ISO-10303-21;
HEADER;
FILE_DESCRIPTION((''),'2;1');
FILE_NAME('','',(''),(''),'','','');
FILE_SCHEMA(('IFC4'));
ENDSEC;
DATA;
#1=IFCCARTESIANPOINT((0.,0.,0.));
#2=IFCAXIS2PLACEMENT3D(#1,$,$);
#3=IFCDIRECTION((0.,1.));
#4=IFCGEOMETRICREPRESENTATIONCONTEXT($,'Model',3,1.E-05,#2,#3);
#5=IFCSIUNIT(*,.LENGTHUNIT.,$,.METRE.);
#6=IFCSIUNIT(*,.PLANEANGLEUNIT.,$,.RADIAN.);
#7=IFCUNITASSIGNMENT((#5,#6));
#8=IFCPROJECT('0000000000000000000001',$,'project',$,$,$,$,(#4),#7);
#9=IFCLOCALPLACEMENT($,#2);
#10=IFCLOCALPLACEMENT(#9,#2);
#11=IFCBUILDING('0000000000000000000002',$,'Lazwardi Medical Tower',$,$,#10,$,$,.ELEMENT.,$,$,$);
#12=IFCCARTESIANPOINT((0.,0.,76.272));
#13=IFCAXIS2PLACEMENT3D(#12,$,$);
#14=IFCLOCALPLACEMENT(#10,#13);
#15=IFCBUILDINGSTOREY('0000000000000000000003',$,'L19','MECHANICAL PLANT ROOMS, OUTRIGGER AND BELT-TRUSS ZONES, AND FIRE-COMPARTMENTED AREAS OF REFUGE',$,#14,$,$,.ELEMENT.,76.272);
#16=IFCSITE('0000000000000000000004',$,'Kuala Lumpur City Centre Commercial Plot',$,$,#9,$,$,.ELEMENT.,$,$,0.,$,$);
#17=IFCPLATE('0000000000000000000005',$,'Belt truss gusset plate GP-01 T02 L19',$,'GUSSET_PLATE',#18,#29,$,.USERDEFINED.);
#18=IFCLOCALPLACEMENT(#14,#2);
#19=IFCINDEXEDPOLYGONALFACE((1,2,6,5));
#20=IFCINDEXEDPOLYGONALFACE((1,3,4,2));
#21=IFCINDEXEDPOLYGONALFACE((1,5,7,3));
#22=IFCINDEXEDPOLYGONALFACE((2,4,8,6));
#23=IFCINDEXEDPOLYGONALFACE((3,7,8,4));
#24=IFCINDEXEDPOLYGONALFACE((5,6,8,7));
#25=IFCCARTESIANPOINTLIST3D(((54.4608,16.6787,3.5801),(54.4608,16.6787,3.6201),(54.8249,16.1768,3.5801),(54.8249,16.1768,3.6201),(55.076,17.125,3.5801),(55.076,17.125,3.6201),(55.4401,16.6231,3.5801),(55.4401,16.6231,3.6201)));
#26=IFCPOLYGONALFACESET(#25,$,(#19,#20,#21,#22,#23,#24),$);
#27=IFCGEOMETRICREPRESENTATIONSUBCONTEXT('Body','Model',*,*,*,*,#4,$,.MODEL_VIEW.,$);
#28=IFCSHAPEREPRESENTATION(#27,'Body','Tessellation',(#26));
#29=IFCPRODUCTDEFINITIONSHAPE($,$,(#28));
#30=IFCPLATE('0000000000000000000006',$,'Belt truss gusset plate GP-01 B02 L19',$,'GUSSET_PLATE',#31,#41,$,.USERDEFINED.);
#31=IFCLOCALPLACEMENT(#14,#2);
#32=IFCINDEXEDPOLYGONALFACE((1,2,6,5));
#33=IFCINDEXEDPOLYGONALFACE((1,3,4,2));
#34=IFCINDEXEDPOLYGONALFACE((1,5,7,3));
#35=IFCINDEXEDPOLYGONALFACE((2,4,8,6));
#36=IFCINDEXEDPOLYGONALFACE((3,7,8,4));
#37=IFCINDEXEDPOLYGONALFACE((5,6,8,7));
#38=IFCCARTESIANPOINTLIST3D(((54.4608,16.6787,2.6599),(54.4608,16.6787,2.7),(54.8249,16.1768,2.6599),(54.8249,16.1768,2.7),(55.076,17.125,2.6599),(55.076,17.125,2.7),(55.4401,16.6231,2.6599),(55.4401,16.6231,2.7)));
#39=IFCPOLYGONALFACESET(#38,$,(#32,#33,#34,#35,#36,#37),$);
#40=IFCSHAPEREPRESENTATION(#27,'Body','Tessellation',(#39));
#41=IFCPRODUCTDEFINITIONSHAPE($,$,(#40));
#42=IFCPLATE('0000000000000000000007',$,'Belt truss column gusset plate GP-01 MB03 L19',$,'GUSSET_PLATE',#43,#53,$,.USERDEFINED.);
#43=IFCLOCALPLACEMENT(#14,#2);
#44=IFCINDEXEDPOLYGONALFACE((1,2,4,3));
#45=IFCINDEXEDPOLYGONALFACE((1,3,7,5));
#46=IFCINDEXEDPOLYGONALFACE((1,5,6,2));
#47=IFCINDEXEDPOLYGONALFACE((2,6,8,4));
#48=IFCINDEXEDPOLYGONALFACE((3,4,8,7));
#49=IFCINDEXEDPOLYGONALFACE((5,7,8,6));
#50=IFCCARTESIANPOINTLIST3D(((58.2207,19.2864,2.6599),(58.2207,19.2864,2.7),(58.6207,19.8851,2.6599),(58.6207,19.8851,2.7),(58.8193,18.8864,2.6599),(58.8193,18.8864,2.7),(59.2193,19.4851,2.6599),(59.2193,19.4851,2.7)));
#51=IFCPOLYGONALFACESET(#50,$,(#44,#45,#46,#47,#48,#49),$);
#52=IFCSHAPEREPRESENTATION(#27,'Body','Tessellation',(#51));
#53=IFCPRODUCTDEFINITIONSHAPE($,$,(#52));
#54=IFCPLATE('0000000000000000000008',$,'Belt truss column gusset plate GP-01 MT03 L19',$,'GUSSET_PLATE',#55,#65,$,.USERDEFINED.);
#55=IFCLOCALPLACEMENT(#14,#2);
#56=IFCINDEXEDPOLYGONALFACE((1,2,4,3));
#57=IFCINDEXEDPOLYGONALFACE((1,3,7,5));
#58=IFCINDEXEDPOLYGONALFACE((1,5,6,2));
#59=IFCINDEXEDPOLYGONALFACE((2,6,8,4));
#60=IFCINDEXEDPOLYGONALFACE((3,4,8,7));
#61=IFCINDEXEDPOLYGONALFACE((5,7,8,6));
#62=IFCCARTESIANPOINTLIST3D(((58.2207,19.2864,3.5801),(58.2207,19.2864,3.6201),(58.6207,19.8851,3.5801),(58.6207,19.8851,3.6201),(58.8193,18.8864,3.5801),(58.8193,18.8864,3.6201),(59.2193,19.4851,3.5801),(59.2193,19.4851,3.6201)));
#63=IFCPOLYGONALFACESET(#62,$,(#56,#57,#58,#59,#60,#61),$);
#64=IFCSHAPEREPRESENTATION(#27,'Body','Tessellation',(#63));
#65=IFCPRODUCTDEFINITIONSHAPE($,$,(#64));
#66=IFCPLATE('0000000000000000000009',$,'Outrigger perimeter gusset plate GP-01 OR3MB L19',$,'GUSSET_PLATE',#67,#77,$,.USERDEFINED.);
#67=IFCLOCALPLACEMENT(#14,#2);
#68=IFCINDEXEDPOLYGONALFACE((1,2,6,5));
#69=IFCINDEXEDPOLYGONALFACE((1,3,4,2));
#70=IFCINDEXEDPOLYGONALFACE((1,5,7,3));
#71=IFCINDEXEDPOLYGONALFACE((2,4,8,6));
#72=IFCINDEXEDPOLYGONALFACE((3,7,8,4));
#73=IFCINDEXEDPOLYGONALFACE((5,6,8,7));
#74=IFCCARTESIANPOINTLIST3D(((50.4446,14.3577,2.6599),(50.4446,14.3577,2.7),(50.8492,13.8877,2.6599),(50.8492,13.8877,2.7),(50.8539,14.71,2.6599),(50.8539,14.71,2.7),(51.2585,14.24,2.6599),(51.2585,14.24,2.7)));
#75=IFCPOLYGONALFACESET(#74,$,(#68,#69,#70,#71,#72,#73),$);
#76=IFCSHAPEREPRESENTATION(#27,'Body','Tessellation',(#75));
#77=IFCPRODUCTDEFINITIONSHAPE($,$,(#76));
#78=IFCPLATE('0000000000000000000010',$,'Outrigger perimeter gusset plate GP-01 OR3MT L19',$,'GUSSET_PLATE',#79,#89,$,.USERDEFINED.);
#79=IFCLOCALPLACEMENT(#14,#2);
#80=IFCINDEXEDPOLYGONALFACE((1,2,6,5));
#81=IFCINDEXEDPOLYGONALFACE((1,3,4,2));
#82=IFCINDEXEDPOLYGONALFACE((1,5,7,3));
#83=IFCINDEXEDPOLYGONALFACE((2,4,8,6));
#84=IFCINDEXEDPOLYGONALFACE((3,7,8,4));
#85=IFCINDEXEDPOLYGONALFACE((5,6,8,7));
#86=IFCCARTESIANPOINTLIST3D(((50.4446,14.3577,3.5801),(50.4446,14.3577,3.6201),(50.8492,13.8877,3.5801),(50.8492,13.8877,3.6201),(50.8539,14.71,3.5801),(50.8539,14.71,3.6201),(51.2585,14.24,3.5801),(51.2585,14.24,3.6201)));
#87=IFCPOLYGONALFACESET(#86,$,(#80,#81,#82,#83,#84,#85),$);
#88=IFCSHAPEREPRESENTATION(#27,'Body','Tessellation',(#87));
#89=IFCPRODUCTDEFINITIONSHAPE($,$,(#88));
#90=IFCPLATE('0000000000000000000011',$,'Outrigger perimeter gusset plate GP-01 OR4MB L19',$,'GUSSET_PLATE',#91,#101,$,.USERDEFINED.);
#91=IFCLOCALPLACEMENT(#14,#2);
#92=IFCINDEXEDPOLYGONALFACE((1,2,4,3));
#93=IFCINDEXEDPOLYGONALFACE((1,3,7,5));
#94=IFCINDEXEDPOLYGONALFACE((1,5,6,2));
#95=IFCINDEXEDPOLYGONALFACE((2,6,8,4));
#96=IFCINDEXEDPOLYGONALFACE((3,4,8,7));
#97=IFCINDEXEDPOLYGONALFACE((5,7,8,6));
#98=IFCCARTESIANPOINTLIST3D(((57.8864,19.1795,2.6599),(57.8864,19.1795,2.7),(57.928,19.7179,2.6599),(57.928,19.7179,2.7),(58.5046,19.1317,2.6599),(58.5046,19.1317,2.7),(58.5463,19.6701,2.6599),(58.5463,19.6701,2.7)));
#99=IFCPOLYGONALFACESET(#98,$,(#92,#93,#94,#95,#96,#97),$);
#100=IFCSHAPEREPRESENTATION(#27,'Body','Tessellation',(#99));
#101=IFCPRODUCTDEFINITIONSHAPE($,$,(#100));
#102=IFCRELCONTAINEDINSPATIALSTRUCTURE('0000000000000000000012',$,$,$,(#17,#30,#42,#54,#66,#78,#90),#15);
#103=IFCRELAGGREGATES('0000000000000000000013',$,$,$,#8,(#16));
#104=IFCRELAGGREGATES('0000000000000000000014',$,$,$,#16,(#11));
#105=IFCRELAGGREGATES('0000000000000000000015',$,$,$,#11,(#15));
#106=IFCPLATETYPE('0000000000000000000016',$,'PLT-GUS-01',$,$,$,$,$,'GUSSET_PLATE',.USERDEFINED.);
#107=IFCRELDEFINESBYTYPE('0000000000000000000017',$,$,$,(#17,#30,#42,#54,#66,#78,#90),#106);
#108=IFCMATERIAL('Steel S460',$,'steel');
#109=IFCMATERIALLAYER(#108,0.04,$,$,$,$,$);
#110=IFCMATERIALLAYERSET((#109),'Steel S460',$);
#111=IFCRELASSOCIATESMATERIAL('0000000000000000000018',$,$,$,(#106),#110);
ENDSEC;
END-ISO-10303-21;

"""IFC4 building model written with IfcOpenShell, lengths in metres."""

from ifc_helpers import new_model, si_unit, direction, frame, origin, origin_2d, place, context, subcontext, project, spatial, rectangle, extrude, material, layer, layer_set, type_object, element, save


model = new_model("IFC4")

# Units and contexts
model_context = context("Model", 3, precision=1e-05, world=origin(), true_north=direction((0.0, 1.0)))
body_context = subcontext(model_context, "Body", "Model", "MODEL_VIEW")
ifc_project = project(units=[si_unit("LENGTHUNIT", "METRE"), si_unit("PLANEANGLEUNIT", "RADIAN")], contexts=[model_context])

# Site, building, storey
site_placement = place(None, origin())
site = spatial("IfcSite", under=ifc_project, at=site_placement, Name="Kuala Lumpur City Centre Commercial Plot", CompositionType="ELEMENT", RefElevation=0.0)
building_placement = place(site_placement, origin())
building = spatial("IfcBuilding", under=site, at=building_placement, Name="Lazwardi Medical Tower", CompositionType="ELEMENT")
storey_placement = place(building_placement, frame((0.0, 0.0, 76.272)))
storey = spatial("IfcBuildingStorey", under=building, at=storey_placement, Name="L19", Description="MECHANICAL PLANT ROOMS, OUTRIGGER AND BELT-TRUSS ZONES, AND FIRE-COMPARTMENTED AREAS OF REFUGE", CompositionType="ELEMENT", Elevation=76.272)

# Shared definitions
ifc_material_1 = material(Name="Steel S460", Category="steel")

# Plates
ifc_layer = layer(ifc_material_1, 0.04)
ifc_layer_set = layer_set([ifc_layer], Name="Steel S460")
plate_type = type_object("IfcPlateType", Name="PLT-GUS-01", ElementType="GUSSET_PLATE", PredefinedType="USERDEFINED", material=ifc_layer_set)
for number, where, z_axis, x_axis, name in (
    (1, (54.9504, 16.6509, 3.5801), (0.0, 0.0, 1.0), (0.809427, 0.58722, 0.0), "Belt truss gusset plate GP-01 T02 L19"),
    (2, (54.9504, 16.6509, 2.6599), (0.0, 0.0, 1.0), (0.809427, 0.58722, 0.0), "Belt truss gusset plate GP-01 B02 L19"),
):
    element("IfcPlate", number, at=place(storey_placement, frame(where, z_axis=z_axis, x_axis=x_axis)), inside=storey, type_object=plate_type, Name=name, ObjectType="GUSSET_PLATE", PredefinedType="USERDEFINED", context=body_context, shape_type="SweptSolid", body=[
        extrude(rectangle(XDim=0.76, YDim=0.6201, at=origin_2d()), origin(), (0.0, 0.0, 1.0), 0.04),
    ])
for number, where, z_axis, x_axis, name in (
    (3, (58.72, 19.3857, 2.6599), (0.0, 0.0, 1.0), (0.83147, -0.55557, 0.0), "Belt truss column gusset plate GP-01 MB03 L19"),
    (4, (58.72, 19.3857, 3.5801), (0.0, 0.0, 1.0), (0.83147, -0.55557, 0.0), "Belt truss column gusset plate GP-01 MT03 L19"),
):
    element("IfcPlate", number, at=place(storey_placement, frame(where, z_axis=z_axis, x_axis=x_axis)), inside=storey, type_object=plate_type, Name=name, ObjectType="GUSSET_PLATE", PredefinedType="USERDEFINED", context=body_context, shape_type="SweptSolid", body=[
        extrude(rectangle(XDim=0.72, YDim=0.72, at=origin_2d()), origin(), (0.0, 0.0, 1.0), 0.04),
    ])
for number, where, z_axis, x_axis, name in (
    (5, (50.8516, 14.2988, 2.6599), (0.0, 0.0, 1.0), (0.652363, -0.757907, 0.0), "Outrigger perimeter gusset plate GP-01 OR3MB L19"),
    (6, (50.8516, 14.2988, 3.5801), (0.0, 0.0, 1.0), (0.652363, -0.757907, 0.0), "Outrigger perimeter gusset plate GP-01 OR3MT L19"),
    (7, (58.2163, 19.4248, 2.6599), (0.0, 0.0, 1.0), (0.997026, -0.077067, 0.0), "Outrigger perimeter gusset plate GP-01 OR4MB L19"),
):
    element("IfcPlate", number, at=place(storey_placement, frame(where, z_axis=z_axis, x_axis=x_axis)), inside=storey, type_object=plate_type, Name=name, ObjectType="GUSSET_PLATE", PredefinedType="USERDEFINED", context=body_context, shape_type="SweptSolid", body=[
        extrude(rectangle(XDim=0.6201, YDim=0.54, at=origin_2d()), origin(), (0.0, 0.0, 1.0), 0.04),
    ])

save(model, "model.ifc")
